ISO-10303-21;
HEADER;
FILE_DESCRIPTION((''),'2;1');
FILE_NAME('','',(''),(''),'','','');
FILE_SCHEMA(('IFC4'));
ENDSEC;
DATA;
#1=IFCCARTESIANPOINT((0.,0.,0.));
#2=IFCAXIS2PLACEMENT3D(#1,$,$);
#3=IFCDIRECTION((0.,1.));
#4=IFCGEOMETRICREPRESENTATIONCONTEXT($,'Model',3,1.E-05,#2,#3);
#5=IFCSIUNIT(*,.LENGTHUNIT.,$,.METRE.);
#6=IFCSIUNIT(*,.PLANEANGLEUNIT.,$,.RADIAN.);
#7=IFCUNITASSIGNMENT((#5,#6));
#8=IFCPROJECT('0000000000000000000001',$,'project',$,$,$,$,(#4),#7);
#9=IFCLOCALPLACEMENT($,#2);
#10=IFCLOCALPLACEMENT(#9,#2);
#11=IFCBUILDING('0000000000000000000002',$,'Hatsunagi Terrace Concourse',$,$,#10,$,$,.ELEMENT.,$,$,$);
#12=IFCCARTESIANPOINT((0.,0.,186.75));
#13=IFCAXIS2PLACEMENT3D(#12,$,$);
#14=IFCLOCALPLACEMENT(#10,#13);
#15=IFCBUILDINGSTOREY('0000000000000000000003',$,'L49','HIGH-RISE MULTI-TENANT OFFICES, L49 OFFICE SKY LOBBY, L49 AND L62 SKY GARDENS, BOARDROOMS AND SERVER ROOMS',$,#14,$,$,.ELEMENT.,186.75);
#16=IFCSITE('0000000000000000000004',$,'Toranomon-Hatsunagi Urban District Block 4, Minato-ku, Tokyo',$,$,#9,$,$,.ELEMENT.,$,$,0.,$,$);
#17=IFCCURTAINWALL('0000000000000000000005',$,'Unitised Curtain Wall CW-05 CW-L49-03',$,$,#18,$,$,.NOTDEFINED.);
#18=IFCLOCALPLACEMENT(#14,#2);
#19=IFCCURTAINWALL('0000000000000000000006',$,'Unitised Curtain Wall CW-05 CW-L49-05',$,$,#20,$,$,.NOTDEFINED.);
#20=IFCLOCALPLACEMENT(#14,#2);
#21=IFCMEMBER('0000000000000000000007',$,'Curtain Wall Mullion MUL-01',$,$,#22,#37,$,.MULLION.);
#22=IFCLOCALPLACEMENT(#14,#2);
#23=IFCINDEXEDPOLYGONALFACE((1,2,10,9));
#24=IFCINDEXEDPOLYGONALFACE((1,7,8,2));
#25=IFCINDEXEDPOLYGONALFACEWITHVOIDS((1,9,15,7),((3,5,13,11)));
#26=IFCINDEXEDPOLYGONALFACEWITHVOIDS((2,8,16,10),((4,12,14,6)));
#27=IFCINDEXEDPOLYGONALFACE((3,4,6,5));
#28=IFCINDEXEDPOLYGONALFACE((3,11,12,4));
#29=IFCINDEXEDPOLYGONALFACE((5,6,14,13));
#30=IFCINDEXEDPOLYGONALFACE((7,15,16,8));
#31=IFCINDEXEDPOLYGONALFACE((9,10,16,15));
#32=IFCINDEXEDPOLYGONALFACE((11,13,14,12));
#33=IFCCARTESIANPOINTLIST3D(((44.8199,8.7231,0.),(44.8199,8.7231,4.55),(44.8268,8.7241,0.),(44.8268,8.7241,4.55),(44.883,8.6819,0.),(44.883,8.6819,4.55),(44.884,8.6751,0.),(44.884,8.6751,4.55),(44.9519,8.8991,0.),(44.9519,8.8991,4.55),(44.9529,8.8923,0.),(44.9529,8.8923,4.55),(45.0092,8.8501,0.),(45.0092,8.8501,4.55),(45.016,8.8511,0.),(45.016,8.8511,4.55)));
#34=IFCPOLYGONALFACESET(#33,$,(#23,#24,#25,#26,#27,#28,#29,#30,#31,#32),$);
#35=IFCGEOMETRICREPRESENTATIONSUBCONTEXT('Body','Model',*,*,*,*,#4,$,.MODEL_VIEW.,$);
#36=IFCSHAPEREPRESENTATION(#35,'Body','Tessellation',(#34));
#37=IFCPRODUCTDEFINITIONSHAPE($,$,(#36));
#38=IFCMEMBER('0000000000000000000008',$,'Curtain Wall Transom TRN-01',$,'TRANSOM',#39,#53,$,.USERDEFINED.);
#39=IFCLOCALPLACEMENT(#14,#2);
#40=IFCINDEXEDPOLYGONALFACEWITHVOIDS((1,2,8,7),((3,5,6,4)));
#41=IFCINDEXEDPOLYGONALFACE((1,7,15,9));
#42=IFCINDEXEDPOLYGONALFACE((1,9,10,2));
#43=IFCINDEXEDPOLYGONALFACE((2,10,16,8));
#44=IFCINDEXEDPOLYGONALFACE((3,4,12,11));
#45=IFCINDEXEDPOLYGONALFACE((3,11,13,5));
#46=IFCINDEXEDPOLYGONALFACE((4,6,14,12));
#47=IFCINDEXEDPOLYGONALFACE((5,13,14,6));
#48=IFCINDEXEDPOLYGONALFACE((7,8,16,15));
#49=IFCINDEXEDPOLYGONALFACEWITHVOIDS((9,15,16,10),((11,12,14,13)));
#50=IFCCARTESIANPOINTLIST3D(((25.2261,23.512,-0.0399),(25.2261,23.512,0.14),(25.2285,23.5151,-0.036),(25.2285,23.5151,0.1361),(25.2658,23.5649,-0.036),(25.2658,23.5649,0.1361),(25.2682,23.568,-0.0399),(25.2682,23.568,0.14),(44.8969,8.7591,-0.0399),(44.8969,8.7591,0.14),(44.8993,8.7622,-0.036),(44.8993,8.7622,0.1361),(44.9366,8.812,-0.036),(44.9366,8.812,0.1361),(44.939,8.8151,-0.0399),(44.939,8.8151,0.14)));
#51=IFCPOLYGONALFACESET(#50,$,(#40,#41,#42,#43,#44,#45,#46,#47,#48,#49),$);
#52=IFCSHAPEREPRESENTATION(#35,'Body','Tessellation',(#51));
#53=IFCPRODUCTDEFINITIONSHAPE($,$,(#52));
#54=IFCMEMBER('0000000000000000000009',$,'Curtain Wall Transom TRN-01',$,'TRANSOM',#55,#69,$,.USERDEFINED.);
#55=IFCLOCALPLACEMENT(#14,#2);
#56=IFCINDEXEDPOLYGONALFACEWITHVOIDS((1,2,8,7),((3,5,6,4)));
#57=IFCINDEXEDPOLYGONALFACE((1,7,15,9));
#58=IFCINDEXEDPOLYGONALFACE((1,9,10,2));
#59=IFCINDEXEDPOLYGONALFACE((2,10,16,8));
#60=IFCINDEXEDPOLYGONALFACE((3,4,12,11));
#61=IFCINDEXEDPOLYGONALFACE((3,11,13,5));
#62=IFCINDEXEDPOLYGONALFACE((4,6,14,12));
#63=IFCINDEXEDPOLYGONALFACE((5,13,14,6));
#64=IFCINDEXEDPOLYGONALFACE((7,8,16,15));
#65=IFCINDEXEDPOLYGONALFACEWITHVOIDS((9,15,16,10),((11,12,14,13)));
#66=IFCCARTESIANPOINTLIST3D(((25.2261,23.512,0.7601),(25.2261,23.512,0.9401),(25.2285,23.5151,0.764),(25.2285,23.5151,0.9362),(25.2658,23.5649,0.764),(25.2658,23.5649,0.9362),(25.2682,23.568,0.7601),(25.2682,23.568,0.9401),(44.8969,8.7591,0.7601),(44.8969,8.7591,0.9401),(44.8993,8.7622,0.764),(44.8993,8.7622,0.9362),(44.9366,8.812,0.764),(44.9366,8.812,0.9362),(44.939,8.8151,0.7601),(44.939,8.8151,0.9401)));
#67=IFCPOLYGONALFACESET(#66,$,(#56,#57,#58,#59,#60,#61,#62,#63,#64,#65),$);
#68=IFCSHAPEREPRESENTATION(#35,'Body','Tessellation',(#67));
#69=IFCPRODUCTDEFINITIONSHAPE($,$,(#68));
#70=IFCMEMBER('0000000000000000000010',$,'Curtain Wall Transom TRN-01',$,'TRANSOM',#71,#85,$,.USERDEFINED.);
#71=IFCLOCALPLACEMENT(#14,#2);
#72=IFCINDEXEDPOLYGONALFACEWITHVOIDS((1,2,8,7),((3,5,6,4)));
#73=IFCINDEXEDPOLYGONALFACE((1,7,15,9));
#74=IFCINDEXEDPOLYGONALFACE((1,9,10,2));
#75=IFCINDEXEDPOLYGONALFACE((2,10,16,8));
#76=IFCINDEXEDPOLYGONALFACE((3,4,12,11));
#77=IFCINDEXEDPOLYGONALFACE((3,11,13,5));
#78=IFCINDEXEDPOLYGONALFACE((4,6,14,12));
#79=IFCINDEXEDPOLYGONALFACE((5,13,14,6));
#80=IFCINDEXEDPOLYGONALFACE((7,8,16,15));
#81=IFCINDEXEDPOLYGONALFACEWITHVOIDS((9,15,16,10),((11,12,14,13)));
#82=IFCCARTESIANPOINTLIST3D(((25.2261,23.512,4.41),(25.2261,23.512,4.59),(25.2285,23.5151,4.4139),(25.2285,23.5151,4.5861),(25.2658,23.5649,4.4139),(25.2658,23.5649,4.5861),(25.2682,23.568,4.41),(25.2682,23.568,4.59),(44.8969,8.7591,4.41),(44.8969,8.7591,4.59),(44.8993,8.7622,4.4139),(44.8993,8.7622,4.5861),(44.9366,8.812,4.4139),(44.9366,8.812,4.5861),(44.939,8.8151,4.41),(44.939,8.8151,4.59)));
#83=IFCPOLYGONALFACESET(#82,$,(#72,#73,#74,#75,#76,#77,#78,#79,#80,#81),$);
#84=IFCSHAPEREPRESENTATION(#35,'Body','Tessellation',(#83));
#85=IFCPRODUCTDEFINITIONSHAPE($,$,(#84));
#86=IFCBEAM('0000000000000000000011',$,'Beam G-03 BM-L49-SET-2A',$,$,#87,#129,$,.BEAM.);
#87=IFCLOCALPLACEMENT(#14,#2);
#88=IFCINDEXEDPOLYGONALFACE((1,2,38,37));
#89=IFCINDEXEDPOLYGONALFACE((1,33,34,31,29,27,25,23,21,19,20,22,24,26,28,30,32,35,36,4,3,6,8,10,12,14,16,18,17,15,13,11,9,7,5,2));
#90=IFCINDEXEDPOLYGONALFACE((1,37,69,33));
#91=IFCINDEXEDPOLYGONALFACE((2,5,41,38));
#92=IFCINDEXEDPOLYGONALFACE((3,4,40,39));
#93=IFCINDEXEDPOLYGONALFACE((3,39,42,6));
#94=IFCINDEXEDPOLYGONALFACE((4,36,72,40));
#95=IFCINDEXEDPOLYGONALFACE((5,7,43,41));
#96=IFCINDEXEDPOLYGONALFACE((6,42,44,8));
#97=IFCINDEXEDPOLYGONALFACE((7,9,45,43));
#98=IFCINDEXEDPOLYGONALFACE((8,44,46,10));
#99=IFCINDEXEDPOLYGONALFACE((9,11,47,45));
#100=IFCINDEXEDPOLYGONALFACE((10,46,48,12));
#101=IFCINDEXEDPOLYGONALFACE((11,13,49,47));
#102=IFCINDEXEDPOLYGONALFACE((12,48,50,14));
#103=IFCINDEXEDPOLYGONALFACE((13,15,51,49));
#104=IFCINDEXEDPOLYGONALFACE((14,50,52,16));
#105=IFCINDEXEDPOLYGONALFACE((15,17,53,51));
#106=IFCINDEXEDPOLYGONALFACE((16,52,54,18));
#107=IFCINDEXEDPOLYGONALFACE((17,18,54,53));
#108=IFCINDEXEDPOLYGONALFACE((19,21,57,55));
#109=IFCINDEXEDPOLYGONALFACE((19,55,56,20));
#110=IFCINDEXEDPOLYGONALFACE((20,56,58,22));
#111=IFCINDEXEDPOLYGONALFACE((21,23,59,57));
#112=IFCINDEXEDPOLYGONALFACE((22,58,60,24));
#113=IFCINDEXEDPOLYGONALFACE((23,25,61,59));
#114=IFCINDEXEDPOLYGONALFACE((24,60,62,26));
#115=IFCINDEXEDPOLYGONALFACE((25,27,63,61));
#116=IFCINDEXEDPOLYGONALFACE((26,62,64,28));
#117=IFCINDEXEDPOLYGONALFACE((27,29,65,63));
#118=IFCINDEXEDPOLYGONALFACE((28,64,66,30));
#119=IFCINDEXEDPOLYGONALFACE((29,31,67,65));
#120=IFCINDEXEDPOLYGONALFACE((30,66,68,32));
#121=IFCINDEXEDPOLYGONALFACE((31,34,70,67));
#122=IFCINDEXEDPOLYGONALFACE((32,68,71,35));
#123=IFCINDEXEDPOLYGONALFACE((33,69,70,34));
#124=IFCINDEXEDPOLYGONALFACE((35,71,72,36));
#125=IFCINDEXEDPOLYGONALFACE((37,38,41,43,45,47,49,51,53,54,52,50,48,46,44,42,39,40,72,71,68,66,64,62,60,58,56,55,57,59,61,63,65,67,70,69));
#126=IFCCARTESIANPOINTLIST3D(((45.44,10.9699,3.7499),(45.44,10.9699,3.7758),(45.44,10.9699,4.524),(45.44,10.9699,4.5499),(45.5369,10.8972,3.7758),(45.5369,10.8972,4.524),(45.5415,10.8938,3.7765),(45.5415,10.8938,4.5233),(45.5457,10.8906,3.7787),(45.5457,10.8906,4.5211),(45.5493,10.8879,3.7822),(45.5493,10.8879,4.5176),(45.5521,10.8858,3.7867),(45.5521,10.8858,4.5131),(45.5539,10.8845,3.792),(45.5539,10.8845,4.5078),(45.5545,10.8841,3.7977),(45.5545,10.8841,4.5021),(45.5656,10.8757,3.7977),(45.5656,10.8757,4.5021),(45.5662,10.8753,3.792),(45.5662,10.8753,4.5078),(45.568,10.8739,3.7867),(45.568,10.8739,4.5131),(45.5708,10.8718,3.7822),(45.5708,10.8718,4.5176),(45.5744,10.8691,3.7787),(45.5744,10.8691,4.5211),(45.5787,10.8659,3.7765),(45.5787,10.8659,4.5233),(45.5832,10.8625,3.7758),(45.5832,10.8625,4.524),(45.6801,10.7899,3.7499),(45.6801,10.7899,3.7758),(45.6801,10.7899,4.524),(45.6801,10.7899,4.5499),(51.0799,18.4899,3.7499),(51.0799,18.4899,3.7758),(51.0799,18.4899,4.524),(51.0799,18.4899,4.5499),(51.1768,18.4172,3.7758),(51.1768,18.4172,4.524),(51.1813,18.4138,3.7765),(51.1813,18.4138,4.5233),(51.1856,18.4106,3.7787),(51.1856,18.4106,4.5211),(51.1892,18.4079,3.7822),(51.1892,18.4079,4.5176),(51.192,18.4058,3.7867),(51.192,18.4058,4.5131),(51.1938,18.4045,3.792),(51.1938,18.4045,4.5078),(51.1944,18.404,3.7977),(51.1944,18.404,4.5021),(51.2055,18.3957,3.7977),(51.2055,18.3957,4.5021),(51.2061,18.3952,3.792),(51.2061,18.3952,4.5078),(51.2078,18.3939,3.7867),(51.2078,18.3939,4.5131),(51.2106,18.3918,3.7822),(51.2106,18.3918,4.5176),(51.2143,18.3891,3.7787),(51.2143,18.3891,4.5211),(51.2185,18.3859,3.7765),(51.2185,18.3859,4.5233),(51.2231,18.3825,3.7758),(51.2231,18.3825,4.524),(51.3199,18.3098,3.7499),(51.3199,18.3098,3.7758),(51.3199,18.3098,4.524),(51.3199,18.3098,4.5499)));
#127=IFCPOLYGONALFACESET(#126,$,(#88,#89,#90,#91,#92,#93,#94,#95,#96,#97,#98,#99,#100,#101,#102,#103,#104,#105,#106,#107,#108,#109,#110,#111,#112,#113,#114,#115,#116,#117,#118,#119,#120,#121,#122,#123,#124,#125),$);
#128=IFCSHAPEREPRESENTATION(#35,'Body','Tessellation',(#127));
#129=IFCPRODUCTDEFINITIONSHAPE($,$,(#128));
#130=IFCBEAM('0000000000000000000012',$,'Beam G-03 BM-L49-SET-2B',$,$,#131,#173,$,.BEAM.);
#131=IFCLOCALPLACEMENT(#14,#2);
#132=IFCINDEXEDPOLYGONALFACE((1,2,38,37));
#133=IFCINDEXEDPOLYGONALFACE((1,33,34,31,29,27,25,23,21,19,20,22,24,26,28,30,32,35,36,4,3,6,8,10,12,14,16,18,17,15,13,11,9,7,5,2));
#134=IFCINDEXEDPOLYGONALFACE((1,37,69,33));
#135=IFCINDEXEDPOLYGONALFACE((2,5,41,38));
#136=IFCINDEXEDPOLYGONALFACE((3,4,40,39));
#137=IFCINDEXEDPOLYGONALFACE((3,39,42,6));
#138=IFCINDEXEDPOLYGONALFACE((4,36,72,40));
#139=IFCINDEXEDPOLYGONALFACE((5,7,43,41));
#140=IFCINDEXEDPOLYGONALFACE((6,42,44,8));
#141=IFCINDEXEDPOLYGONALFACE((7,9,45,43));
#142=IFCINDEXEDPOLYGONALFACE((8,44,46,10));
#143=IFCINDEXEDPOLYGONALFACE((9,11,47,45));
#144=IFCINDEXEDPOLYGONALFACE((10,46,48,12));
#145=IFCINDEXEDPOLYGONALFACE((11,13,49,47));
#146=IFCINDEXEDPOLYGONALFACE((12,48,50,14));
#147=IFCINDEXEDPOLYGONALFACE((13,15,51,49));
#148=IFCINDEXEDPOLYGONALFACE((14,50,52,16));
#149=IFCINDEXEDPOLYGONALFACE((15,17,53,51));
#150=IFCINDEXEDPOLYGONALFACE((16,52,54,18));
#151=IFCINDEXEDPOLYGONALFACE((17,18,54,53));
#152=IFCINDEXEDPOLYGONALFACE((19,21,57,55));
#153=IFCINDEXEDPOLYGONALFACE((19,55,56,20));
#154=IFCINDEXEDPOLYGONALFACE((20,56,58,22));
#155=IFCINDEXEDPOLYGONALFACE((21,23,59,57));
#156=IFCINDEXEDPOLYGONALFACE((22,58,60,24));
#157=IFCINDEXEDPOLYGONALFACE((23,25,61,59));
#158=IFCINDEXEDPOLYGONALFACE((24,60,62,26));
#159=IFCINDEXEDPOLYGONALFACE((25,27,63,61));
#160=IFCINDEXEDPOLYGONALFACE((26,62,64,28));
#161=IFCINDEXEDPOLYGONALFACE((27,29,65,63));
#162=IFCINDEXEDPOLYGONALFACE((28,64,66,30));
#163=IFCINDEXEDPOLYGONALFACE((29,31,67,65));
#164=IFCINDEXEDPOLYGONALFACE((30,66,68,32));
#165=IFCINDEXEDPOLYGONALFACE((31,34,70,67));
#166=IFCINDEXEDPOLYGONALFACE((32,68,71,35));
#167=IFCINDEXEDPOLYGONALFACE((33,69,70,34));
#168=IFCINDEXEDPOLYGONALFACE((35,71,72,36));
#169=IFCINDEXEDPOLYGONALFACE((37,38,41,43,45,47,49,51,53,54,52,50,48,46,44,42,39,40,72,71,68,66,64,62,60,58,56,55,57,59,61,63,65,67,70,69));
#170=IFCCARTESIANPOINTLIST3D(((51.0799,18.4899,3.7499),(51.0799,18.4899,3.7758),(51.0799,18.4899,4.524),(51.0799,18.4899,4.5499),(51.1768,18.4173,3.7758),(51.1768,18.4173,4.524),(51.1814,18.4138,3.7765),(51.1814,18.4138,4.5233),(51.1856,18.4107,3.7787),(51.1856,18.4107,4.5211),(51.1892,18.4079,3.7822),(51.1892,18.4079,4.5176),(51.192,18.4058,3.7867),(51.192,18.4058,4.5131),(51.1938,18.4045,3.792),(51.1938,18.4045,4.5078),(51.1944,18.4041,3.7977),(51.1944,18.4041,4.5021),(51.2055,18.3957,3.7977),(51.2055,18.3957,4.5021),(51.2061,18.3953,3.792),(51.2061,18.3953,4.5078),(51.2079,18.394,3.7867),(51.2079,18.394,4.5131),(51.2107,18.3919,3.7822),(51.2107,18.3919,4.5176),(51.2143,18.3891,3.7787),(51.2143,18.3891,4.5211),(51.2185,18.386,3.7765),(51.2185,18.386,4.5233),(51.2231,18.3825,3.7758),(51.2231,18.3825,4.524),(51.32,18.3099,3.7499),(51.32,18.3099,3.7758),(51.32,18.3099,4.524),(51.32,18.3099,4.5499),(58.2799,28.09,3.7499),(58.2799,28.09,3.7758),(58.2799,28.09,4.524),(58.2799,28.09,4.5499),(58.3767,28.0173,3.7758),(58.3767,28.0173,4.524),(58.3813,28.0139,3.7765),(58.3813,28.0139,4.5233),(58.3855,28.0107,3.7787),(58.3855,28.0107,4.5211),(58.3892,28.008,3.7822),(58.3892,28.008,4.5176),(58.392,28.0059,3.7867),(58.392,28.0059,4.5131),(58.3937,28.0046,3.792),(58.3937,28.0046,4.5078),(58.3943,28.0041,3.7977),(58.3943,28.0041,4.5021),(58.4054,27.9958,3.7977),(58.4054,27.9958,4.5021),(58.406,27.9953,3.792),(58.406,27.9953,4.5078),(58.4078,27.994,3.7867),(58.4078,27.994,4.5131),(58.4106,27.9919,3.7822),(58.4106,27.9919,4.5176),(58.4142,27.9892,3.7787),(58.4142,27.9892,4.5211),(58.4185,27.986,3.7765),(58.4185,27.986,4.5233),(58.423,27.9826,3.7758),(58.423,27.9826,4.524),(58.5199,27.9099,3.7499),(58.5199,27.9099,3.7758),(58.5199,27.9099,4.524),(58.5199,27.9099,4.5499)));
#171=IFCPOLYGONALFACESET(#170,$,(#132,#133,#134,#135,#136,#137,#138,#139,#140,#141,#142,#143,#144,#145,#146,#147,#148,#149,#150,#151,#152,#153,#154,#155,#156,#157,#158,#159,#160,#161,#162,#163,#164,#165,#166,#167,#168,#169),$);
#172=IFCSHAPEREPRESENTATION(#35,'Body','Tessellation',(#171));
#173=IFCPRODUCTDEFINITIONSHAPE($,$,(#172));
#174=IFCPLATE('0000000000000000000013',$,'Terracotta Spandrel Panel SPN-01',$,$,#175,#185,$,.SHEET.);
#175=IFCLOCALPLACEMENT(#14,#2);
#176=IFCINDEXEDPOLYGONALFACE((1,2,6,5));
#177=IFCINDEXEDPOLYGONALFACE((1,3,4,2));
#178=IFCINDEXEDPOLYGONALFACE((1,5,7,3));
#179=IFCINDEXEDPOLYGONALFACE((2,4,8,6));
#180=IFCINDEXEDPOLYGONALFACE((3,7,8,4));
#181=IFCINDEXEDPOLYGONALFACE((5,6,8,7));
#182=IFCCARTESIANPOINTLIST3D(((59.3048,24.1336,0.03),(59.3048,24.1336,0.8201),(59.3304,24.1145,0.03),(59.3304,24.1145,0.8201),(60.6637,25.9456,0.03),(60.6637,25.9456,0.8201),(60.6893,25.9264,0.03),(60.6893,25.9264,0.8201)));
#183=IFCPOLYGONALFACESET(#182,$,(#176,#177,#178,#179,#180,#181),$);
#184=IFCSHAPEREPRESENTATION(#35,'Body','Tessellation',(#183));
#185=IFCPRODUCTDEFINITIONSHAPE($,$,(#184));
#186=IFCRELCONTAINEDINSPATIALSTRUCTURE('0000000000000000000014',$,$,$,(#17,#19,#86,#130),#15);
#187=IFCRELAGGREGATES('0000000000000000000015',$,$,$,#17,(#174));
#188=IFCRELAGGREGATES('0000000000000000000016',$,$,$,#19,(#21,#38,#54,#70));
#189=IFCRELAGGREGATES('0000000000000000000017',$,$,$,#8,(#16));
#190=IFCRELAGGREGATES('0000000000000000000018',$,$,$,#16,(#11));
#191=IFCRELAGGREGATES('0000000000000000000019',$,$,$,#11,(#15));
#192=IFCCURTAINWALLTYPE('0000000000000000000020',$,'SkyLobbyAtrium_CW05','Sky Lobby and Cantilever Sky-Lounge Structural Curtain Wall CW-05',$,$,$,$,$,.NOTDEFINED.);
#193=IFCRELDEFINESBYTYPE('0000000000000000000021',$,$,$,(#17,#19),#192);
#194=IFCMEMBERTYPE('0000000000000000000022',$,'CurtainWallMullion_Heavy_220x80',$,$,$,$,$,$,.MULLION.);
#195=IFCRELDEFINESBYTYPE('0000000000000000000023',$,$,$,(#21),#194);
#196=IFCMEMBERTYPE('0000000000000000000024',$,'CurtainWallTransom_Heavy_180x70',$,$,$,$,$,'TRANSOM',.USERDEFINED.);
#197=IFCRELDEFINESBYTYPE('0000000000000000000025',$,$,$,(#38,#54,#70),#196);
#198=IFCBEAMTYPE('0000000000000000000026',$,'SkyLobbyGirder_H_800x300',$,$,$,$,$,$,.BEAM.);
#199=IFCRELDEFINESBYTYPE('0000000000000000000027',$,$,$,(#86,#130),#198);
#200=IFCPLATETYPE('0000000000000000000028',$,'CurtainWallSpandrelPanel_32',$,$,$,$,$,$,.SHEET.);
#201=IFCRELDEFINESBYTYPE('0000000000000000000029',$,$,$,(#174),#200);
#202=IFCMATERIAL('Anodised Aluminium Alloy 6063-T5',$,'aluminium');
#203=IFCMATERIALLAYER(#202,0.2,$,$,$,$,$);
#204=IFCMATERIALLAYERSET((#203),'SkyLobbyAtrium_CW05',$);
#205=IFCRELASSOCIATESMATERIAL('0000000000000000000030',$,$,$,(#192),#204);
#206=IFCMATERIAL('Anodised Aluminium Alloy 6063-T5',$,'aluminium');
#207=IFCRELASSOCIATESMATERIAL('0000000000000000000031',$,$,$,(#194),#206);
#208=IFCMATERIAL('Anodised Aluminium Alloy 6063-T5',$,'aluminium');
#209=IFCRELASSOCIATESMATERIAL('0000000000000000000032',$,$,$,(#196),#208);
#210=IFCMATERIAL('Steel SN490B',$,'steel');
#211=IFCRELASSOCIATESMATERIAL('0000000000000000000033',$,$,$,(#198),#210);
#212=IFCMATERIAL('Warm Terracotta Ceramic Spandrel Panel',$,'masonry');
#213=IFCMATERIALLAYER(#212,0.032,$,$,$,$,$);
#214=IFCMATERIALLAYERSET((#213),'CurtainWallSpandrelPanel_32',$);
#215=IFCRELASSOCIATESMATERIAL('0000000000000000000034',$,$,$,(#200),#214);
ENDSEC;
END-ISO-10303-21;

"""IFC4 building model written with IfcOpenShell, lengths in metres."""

from ifc_helpers import new_model, si_unit, direction, frame, origin, origin_2d, place, context, subcontext, project, spatial, rectangle, hollow_rectangle, i_section, extrude, material, layer, layer_set, material_profile, profile_set, type_object, element, aggregate, save


model = new_model("IFC4")

# Units and contexts
model_context = context("Model", 3, precision=1e-05, world=origin(), true_north=direction((0.0, 1.0)))
body_context = subcontext(model_context, "Body", "Model", "MODEL_VIEW")
ifc_project = project(units=[si_unit("LENGTHUNIT", "METRE"), si_unit("PLANEANGLEUNIT", "RADIAN")], contexts=[model_context])

# Site, building, storey
site_placement = place(None, origin())
site = spatial("IfcSite", under=ifc_project, at=site_placement, Name="Toranomon-Hatsunagi Urban District Block 4, Minato-ku, Tokyo", CompositionType="ELEMENT", RefElevation=0.0)
building_placement = place(site_placement, origin())
building = spatial("IfcBuilding", under=site, at=building_placement, Name="Hatsunagi Terrace Concourse", CompositionType="ELEMENT")
storey_placement = place(building_placement, frame((0.0, 0.0, 186.75)))
storey = spatial("IfcBuildingStorey", under=building, at=storey_placement, Name="L49", Description="HIGH-RISE MULTI-TENANT OFFICES, L49 OFFICE SKY LOBBY, L49 AND L62 SKY GARDENS, BOARDROOMS AND SERVER ROOMS", CompositionType="ELEMENT", Elevation=186.75)

# Curtain walls, members
ifc_material_1 = material(Name="Anodised Aluminium Alloy 6063-T5", Category="aluminium")
ifc_layer_1 = layer(ifc_material_1, 0.2)
ifc_layer_set_1 = layer_set([ifc_layer_1], Name="SkyLobbyAtrium_CW05")
curtain_wall_type = type_object("IfcCurtainWallType", Name="SkyLobbyAtrium_CW05", Description="Sky Lobby and Cantilever Sky-Lounge Structural Curtain Wall CW-05", PredefinedType="NOTDEFINED", material=ifc_layer_set_1)
curtain_wall_1_placement = place(storey_placement, origin())
curtain_wall_1 = element("IfcCurtainWall", 1, at=curtain_wall_1_placement, inside=storey, type_object=curtain_wall_type, Name="Unitised Curtain Wall CW-05 CW-L49-03", PredefinedType="NOTDEFINED")
ifc_material_2 = material(Name="Anodised Aluminium Alloy 6063-T5", Category="aluminium")
ifc_material_profile_1 = material_profile(ifc_material_2, hollow_rectangle(XDim=0.0801, YDim=0.22, WallThickness=0.0049, at=origin_2d()), Name="ALU-MUL-220x80x5")
ifc_profile_set_1 = profile_set([ifc_material_profile_1], Name="Anodised Aluminium Alloy 6063-T5")
member_type_1 = type_object("IfcMemberType", Name="CurtainWallMullion_Heavy_220x80", PredefinedType="MULLION", material=ifc_profile_set_1)
curtain_wall_2_placement = place(storey_placement, origin())
curtain_wall_2 = element("IfcCurtainWall", 2, at=curtain_wall_2_placement, inside=storey, type_object=curtain_wall_type, Name="Unitised Curtain Wall CW-05 CW-L49-05", PredefinedType="NOTDEFINED")
member_1_placement = place(storey_placement, frame((44.918, 8.7871, 0.0), z_axis=(0.0, 0.0, 1.0), x_axis=(-0.800005, 0.599993, 0.0)))
member_1 = element("IfcMember", 3, at=member_1_placement, type_object=member_type_1, Name="Curtain Wall Mullion MUL-01", PredefinedType="MULLION", context=body_context, shape_type="SweptSolid", body=[
    extrude(hollow_rectangle(XDim=0.0801, YDim=0.22, WallThickness=0.0049, at=origin_2d()), origin(), (0.0, 0.0, 1.0), 4.55),
])
ifc_material_3 = material(Name="Anodised Aluminium Alloy 6063-T5", Category="aluminium")
ifc_material_profile_2 = material_profile(ifc_material_3, hollow_rectangle(XDim=0.0701, YDim=0.1799, WallThickness=0.0039, at=origin_2d()), Name="ALU-TRN-180x70x4")
ifc_profile_set_2 = profile_set([ifc_material_profile_2], Name="Anodised Aluminium Alloy 6063-T5")
member_type_2 = type_object("IfcMemberType", Name="CurtainWallTransom_Heavy_180x70", ElementType="TRANSOM", PredefinedType="USERDEFINED", material=ifc_profile_set_2)
member_2_placement = place(storey_placement, frame((44.918, 8.7871, 0.05), z_axis=(-0.800005, 0.599994, 0.0), x_axis=(-0.599994, -0.800005, 0.0)))
member_2 = element("IfcMember", 4, at=member_2_placement, type_object=member_type_2, Name="Curtain Wall Transom TRN-01", ObjectType="TRANSOM", PredefinedType="USERDEFINED", context=body_context, shape_type="SweptSolid", body=[
    extrude(hollow_rectangle(XDim=0.0701, YDim=0.1799, WallThickness=0.0039, at=origin_2d()), origin(), (0.0, 0.0, 1.0), 24.5884),
])
member_3_placement = place(storey_placement, frame((44.918, 8.7871, 0.8501), z_axis=(-0.800005, 0.599994, 0.0), x_axis=(-0.599994, -0.800005, 0.0)))
member_3 = element("IfcMember", 5, at=member_3_placement, type_object=member_type_2, Name="Curtain Wall Transom TRN-01", ObjectType="TRANSOM", PredefinedType="USERDEFINED", context=body_context, shape_type="SweptSolid", body=[
    extrude(hollow_rectangle(XDim=0.0701, YDim=0.1799, WallThickness=0.0039, at=origin_2d()), origin(), (0.0, 0.0, 1.0), 24.5884),
])
member_4_placement = place(storey_placement, frame((44.918, 8.7871, 4.5), z_axis=(-0.800005, 0.599994, 0.0), x_axis=(-0.599994, -0.800005, 0.0)))
member_4 = element("IfcMember", 6, at=member_4_placement, type_object=member_type_2, Name="Curtain Wall Transom TRN-01", ObjectType="TRANSOM", PredefinedType="USERDEFINED", context=body_context, shape_type="SweptSolid", body=[
    extrude(hollow_rectangle(XDim=0.0701, YDim=0.1799, WallThickness=0.0039, at=origin_2d()), origin(), (0.0, 0.0, 1.0), 24.5884),
])

# Beams
ifc_material_4 = material(Name="Steel SN490B", Category="steel")
ifc_material_profile_3 = material_profile(ifc_material_4, i_section(OverallWidth=0.3, OverallDepth=0.8, WebThickness=0.0139, FlangeThickness=0.0259, FilletRadius=0.022, at=origin_2d()), Name="H-800x300x14x26")
ifc_profile_set_3 = profile_set([ifc_material_profile_3], Name="Steel SN490B")
beam_type = type_object("IfcBeamType", Name="SkyLobbyGirder_H_800x300", PredefinedType="BEAM", material=ifc_profile_set_3)
beam_1_placement = place(storey_placement, frame((45.5601, 10.8799, 4.1499), z_axis=(0.599992, 0.800006, 0.0), x_axis=(-0.800006, 0.599992, 0.0)))
element("IfcBeam", 7, at=beam_1_placement, inside=storey, type_object=beam_type, Name="Beam G-03 BM-L49-SET-2A", PredefinedType="BEAM", context=body_context, shape_type="SweptSolid", body=[
    extrude(i_section(OverallWidth=0.3, OverallDepth=0.8, WebThickness=0.0139, FlangeThickness=0.0259, FilletRadius=0.022, at=origin_2d()), origin(), (0.0, 0.0, 1.0), 9.3999),
])
beam_2_placement = place(storey_placement, frame((51.2, 18.3999, 4.1499), z_axis=(0.599993, 0.800005, 0.0), x_axis=(-0.800005, 0.599993, 0.0)))
element("IfcBeam", 8, at=beam_2_placement, inside=storey, type_object=beam_type, Name="Beam G-03 BM-L49-SET-2B", PredefinedType="BEAM", context=body_context, shape_type="SweptSolid", body=[
    extrude(i_section(OverallWidth=0.3, OverallDepth=0.8, WebThickness=0.0139, FlangeThickness=0.0259, FilletRadius=0.022, at=origin_2d()), origin(), (0.0, 0.0, 1.0), 12.0),
])

# Plate
ifc_material_5 = material(Name="Warm Terracotta Ceramic Spandrel Panel", Category="masonry")
ifc_layer_2 = layer(ifc_material_5, 0.032)
ifc_layer_set_2 = layer_set([ifc_layer_2], Name="CurtainWallSpandrelPanel_32")
plate_type_1 = type_object("IfcPlateType", Name="CurtainWallSpandrelPanel_32", PredefinedType="SHEET", material=ifc_layer_set_2)
plate_1_placement = place(storey_placement, frame((59.9971, 25.03, 0.03), z_axis=(0.0, 0.0, 1.0), x_axis=(-0.599969, -0.800023, 0.0)))
plate_1 = element("IfcPlate", 9, at=plate_1_placement, type_object=plate_type_1, Name="Terracotta Spandrel Panel SPN-01", PredefinedType="SHEET", context=body_context, shape_type="SweptSolid", body=[
    extrude(rectangle(XDim=2.2649, YDim=0.032, at=origin_2d()), origin(), (0.0, 0.0, 1.0), 0.79),
])
aggregate(curtain_wall_1, [plate_1])
aggregate(curtain_wall_2, [member_1, member_2, member_3, member_4])

save(model, "model.ifc")
